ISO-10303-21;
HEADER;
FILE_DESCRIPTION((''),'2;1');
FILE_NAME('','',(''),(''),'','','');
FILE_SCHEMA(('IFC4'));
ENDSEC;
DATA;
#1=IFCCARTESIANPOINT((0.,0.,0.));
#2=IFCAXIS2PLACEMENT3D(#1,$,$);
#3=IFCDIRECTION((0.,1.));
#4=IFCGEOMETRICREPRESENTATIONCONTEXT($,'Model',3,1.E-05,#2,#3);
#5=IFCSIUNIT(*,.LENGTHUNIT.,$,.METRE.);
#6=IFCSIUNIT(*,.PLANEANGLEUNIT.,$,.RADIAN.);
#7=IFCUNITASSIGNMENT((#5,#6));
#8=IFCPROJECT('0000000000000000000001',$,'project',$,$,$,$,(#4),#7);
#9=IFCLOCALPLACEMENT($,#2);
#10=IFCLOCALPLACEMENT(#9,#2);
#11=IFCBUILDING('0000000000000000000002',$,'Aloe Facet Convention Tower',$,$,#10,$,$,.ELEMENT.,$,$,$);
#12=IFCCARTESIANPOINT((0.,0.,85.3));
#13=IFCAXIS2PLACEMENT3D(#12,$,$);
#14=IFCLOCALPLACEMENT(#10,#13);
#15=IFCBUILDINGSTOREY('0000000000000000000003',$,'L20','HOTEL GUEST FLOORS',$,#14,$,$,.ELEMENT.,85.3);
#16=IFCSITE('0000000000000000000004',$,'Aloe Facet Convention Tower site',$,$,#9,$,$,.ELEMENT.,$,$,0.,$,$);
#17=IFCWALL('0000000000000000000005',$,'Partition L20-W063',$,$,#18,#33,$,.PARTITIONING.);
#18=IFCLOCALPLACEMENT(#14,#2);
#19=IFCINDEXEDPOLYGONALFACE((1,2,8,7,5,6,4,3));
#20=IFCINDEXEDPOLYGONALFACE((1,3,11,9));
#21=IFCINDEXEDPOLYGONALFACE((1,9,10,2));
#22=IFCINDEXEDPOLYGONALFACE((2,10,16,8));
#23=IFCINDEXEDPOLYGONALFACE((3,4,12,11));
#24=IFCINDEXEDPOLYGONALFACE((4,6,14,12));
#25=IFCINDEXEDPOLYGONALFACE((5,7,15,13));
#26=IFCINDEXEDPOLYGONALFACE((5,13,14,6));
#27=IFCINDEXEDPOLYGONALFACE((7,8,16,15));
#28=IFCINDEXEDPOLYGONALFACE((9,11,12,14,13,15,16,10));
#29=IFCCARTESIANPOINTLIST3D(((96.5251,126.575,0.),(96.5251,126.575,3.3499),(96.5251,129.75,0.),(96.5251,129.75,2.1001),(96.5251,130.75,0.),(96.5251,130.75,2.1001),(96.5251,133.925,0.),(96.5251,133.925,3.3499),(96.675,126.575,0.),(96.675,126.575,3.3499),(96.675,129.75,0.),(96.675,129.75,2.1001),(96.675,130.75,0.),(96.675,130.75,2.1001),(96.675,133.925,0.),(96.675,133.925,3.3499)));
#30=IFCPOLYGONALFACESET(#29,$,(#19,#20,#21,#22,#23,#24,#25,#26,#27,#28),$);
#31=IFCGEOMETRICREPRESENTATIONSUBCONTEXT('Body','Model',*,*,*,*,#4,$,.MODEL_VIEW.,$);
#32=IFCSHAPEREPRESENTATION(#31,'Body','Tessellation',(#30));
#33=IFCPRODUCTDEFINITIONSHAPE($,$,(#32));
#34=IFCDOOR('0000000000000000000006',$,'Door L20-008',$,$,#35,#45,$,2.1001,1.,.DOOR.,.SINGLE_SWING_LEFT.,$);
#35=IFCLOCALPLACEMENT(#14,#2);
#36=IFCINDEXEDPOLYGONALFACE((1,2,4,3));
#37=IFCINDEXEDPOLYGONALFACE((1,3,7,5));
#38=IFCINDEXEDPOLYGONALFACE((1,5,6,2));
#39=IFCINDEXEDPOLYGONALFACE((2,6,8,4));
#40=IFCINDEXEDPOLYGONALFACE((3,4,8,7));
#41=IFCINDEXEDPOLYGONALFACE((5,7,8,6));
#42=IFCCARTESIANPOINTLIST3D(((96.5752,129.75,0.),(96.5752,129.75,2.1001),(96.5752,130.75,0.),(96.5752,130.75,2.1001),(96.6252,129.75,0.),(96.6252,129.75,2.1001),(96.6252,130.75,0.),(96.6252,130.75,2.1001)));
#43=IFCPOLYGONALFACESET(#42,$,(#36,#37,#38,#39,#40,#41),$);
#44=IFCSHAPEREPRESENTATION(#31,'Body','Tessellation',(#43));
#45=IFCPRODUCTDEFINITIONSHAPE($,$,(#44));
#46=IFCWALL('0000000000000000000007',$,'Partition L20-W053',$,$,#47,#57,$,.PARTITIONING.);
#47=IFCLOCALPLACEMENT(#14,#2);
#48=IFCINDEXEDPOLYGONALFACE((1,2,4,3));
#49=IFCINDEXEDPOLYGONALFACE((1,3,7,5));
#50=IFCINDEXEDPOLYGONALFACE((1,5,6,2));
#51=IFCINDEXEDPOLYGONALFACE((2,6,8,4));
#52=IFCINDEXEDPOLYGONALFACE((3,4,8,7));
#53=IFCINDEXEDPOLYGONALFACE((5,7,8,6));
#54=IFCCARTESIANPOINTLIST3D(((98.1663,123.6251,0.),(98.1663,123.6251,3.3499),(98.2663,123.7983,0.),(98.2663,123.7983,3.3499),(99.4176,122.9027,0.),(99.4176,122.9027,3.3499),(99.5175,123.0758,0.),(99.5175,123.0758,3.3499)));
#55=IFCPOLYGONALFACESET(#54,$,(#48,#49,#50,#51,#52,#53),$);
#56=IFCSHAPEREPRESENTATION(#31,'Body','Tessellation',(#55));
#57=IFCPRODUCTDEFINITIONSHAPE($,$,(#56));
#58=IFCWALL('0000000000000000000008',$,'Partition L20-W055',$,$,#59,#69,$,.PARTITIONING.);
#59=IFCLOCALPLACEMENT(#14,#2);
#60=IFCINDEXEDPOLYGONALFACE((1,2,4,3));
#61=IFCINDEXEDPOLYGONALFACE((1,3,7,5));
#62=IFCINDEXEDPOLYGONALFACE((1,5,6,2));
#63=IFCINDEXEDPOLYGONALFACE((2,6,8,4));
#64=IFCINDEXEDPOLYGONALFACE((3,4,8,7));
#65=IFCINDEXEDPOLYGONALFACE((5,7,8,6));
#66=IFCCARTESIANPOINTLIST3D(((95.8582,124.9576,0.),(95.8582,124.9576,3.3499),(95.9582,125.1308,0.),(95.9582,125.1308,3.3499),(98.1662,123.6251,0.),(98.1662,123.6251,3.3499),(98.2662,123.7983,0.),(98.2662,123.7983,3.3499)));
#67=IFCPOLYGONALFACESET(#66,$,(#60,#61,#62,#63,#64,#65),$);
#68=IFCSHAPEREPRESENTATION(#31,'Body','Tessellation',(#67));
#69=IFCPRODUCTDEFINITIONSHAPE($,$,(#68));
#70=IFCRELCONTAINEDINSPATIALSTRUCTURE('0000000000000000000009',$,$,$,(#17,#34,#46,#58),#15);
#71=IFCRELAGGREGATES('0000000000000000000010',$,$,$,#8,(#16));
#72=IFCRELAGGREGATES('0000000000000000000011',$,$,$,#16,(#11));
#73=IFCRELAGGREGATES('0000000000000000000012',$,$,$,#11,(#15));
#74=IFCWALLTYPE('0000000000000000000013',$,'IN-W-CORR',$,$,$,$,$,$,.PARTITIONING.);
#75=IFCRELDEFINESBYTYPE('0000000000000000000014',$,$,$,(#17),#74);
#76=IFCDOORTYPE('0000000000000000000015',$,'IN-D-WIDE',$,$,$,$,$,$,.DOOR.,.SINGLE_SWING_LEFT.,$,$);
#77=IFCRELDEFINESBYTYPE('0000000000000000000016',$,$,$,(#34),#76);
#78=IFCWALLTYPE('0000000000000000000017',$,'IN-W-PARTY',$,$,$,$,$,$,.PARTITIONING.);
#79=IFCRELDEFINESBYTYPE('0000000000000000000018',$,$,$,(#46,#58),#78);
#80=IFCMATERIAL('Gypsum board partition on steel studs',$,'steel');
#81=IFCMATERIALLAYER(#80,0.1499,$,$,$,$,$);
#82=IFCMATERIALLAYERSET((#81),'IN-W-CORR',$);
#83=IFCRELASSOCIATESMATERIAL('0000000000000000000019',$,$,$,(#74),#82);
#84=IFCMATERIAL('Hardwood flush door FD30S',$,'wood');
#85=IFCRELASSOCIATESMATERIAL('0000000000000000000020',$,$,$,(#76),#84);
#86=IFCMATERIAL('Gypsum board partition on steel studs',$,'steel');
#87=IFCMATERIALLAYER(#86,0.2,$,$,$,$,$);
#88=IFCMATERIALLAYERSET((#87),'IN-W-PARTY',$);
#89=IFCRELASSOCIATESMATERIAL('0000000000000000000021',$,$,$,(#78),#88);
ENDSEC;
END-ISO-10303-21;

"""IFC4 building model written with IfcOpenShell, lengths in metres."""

from ifc_helpers import new_model, si_unit, direction, frame, frame_2d, origin, place, context, subcontext, project, spatial, rectangle, extrude, material, layer, layer_set, type_object, element, fill, save


model = new_model("IFC4")

# Units and contexts
model_context = context("Model", 3, precision=1e-05, world=origin(), true_north=direction((0.0, 1.0)))
body_context = subcontext(model_context, "Body", "Model", "MODEL_VIEW")
ifc_project = project(units=[si_unit("LENGTHUNIT", "METRE"), si_unit("PLANEANGLEUNIT", "RADIAN")], contexts=[model_context])

# Site, building, storey
site_placement = place(None, origin())
site = spatial("IfcSite", under=ifc_project, at=site_placement, Name="Aloe Facet Convention Tower site", CompositionType="ELEMENT", RefElevation=0.0)
building_placement = place(site_placement, origin())
building = spatial("IfcBuilding", under=site, at=building_placement, Name="Aloe Facet Convention Tower", CompositionType="ELEMENT")
storey_placement = place(building_placement, frame((0.0, 0.0, 85.3)))
storey = spatial("IfcBuildingStorey", under=building, at=storey_placement, Name="L20", Description="HOTEL GUEST FLOORS", CompositionType="ELEMENT", Elevation=85.3)

# Shared definitions
ifc_material_1 = material(Name="Gypsum board partition on steel studs", Category="steel")
ifc_layer_1 = layer(ifc_material_1, 0.1499)
ifc_layer_set_1 = layer_set([ifc_layer_1], Name="IN-W-CORR")
wall_type_1 = type_object("IfcWallType", Name="IN-W-CORR", PredefinedType="PARTITIONING", material=ifc_layer_set_1)

# Wall, opening, door
wall_1_placement = place(storey_placement, frame((96.6001, 126.575, 0.0), z_axis=(0.0, 0.0, 1.0), x_axis=(0.0, 1.0, 0.0)))
wall_1 = element("IfcWall", 1, at=wall_1_placement, inside=storey, type_object=wall_type_1, Name="Partition L20-W063", PredefinedType="PARTITIONING", context=body_context, shape_type="SweptSolid", body=[
    extrude(rectangle(XDim=7.3501, YDim=0.1499, at=frame_2d((3.675, 0.0))), origin(), (0.0, 0.0, 1.0), 3.3499),
])
opening_placement = place(wall_1_placement, frame((3.175, 0.0, 0.0)))
opening = element("IfcOpeningElement", 2, at=opening_placement, cuts=wall_1, PredefinedType="OPENING", context=body_context, shape_type="SweptSolid", body=[
    extrude(rectangle(XDim=1.0, YDim=2.1001, at=frame_2d((0.5, 1.05))), frame((0.0, 0.085, 0.0), z_axis=(0.0, -1.0, 0.0), x_axis=(1.0, 0.0, 0.0)), (0.0, 0.0, 1.0), 0.1699),
])
ifc_material_2 = material(Name="Hardwood flush door FD30S", Category="wood")
door_type = type_object("IfcDoorType", Name="IN-D-WIDE", OperationType="SINGLE_SWING_LEFT", PredefinedType="DOOR", material=ifc_material_2)
door_placement = place(opening_placement, origin())
door = element("IfcDoor", 3, at=door_placement, inside=storey, type_object=door_type, Name="Door L20-008", OperationType="SINGLE_SWING_LEFT", OverallHeight=2.1001, OverallWidth=1.0, PredefinedType="DOOR", context=body_context, shape_type="SweptSolid", body=[
    extrude(rectangle(XDim=1.0, YDim=2.1001, at=frame_2d((0.5, 1.05))), frame((0.0, 0.0249, 0.0), z_axis=(0.0, -1.0, 0.0), x_axis=(1.0, 0.0, 0.0)), (0.0, 0.0, 1.0), 0.05),
])
fill(opening, door)

# Walls
ifc_material_3 = material(Name="Gypsum board partition on steel studs", Category="steel")
ifc_layer_2 = layer(ifc_material_3, 0.2)
ifc_layer_set_2 = layer_set([ifc_layer_2], Name="IN-W-PARTY")
wall_type_2 = type_object("IfcWallType", Name="IN-W-PARTY", PredefinedType="PARTITIONING", material=ifc_layer_set_2)
wall_2_placement = place(storey_placement, frame((98.2163, 123.7117, 0.0), z_axis=(0.0, 0.0, 1.0), x_axis=(0.86602, -0.50001, 0.0)))
element("IfcWall", 4, at=wall_2_placement, inside=storey, type_object=wall_type_2, Name="Partition L20-W053", PredefinedType="PARTITIONING", context=body_context, shape_type="SweptSolid", body=[
    extrude(rectangle(XDim=1.4448, YDim=0.2, at=frame_2d((0.7224, 0.0))), origin(), (0.0, 0.0, 1.0), 3.3499),
])
wall_3_placement = place(storey_placement, frame((95.9082, 125.0442, 0.0), z_axis=(0.0, 0.0, 1.0), x_axis=(0.866036, -0.499981, 0.0)))
element("IfcWall", 5, at=wall_3_placement, inside=storey, type_object=wall_type_2, Name="Partition L20-W055", PredefinedType="PARTITIONING", context=body_context, shape_type="SweptSolid", body=[
    extrude(rectangle(XDim=2.665, YDim=0.2, at=frame_2d((1.3325, 0.0))), origin(), (0.0, 0.0, 1.0), 3.3499),
])

save(model, "model.ifc")
